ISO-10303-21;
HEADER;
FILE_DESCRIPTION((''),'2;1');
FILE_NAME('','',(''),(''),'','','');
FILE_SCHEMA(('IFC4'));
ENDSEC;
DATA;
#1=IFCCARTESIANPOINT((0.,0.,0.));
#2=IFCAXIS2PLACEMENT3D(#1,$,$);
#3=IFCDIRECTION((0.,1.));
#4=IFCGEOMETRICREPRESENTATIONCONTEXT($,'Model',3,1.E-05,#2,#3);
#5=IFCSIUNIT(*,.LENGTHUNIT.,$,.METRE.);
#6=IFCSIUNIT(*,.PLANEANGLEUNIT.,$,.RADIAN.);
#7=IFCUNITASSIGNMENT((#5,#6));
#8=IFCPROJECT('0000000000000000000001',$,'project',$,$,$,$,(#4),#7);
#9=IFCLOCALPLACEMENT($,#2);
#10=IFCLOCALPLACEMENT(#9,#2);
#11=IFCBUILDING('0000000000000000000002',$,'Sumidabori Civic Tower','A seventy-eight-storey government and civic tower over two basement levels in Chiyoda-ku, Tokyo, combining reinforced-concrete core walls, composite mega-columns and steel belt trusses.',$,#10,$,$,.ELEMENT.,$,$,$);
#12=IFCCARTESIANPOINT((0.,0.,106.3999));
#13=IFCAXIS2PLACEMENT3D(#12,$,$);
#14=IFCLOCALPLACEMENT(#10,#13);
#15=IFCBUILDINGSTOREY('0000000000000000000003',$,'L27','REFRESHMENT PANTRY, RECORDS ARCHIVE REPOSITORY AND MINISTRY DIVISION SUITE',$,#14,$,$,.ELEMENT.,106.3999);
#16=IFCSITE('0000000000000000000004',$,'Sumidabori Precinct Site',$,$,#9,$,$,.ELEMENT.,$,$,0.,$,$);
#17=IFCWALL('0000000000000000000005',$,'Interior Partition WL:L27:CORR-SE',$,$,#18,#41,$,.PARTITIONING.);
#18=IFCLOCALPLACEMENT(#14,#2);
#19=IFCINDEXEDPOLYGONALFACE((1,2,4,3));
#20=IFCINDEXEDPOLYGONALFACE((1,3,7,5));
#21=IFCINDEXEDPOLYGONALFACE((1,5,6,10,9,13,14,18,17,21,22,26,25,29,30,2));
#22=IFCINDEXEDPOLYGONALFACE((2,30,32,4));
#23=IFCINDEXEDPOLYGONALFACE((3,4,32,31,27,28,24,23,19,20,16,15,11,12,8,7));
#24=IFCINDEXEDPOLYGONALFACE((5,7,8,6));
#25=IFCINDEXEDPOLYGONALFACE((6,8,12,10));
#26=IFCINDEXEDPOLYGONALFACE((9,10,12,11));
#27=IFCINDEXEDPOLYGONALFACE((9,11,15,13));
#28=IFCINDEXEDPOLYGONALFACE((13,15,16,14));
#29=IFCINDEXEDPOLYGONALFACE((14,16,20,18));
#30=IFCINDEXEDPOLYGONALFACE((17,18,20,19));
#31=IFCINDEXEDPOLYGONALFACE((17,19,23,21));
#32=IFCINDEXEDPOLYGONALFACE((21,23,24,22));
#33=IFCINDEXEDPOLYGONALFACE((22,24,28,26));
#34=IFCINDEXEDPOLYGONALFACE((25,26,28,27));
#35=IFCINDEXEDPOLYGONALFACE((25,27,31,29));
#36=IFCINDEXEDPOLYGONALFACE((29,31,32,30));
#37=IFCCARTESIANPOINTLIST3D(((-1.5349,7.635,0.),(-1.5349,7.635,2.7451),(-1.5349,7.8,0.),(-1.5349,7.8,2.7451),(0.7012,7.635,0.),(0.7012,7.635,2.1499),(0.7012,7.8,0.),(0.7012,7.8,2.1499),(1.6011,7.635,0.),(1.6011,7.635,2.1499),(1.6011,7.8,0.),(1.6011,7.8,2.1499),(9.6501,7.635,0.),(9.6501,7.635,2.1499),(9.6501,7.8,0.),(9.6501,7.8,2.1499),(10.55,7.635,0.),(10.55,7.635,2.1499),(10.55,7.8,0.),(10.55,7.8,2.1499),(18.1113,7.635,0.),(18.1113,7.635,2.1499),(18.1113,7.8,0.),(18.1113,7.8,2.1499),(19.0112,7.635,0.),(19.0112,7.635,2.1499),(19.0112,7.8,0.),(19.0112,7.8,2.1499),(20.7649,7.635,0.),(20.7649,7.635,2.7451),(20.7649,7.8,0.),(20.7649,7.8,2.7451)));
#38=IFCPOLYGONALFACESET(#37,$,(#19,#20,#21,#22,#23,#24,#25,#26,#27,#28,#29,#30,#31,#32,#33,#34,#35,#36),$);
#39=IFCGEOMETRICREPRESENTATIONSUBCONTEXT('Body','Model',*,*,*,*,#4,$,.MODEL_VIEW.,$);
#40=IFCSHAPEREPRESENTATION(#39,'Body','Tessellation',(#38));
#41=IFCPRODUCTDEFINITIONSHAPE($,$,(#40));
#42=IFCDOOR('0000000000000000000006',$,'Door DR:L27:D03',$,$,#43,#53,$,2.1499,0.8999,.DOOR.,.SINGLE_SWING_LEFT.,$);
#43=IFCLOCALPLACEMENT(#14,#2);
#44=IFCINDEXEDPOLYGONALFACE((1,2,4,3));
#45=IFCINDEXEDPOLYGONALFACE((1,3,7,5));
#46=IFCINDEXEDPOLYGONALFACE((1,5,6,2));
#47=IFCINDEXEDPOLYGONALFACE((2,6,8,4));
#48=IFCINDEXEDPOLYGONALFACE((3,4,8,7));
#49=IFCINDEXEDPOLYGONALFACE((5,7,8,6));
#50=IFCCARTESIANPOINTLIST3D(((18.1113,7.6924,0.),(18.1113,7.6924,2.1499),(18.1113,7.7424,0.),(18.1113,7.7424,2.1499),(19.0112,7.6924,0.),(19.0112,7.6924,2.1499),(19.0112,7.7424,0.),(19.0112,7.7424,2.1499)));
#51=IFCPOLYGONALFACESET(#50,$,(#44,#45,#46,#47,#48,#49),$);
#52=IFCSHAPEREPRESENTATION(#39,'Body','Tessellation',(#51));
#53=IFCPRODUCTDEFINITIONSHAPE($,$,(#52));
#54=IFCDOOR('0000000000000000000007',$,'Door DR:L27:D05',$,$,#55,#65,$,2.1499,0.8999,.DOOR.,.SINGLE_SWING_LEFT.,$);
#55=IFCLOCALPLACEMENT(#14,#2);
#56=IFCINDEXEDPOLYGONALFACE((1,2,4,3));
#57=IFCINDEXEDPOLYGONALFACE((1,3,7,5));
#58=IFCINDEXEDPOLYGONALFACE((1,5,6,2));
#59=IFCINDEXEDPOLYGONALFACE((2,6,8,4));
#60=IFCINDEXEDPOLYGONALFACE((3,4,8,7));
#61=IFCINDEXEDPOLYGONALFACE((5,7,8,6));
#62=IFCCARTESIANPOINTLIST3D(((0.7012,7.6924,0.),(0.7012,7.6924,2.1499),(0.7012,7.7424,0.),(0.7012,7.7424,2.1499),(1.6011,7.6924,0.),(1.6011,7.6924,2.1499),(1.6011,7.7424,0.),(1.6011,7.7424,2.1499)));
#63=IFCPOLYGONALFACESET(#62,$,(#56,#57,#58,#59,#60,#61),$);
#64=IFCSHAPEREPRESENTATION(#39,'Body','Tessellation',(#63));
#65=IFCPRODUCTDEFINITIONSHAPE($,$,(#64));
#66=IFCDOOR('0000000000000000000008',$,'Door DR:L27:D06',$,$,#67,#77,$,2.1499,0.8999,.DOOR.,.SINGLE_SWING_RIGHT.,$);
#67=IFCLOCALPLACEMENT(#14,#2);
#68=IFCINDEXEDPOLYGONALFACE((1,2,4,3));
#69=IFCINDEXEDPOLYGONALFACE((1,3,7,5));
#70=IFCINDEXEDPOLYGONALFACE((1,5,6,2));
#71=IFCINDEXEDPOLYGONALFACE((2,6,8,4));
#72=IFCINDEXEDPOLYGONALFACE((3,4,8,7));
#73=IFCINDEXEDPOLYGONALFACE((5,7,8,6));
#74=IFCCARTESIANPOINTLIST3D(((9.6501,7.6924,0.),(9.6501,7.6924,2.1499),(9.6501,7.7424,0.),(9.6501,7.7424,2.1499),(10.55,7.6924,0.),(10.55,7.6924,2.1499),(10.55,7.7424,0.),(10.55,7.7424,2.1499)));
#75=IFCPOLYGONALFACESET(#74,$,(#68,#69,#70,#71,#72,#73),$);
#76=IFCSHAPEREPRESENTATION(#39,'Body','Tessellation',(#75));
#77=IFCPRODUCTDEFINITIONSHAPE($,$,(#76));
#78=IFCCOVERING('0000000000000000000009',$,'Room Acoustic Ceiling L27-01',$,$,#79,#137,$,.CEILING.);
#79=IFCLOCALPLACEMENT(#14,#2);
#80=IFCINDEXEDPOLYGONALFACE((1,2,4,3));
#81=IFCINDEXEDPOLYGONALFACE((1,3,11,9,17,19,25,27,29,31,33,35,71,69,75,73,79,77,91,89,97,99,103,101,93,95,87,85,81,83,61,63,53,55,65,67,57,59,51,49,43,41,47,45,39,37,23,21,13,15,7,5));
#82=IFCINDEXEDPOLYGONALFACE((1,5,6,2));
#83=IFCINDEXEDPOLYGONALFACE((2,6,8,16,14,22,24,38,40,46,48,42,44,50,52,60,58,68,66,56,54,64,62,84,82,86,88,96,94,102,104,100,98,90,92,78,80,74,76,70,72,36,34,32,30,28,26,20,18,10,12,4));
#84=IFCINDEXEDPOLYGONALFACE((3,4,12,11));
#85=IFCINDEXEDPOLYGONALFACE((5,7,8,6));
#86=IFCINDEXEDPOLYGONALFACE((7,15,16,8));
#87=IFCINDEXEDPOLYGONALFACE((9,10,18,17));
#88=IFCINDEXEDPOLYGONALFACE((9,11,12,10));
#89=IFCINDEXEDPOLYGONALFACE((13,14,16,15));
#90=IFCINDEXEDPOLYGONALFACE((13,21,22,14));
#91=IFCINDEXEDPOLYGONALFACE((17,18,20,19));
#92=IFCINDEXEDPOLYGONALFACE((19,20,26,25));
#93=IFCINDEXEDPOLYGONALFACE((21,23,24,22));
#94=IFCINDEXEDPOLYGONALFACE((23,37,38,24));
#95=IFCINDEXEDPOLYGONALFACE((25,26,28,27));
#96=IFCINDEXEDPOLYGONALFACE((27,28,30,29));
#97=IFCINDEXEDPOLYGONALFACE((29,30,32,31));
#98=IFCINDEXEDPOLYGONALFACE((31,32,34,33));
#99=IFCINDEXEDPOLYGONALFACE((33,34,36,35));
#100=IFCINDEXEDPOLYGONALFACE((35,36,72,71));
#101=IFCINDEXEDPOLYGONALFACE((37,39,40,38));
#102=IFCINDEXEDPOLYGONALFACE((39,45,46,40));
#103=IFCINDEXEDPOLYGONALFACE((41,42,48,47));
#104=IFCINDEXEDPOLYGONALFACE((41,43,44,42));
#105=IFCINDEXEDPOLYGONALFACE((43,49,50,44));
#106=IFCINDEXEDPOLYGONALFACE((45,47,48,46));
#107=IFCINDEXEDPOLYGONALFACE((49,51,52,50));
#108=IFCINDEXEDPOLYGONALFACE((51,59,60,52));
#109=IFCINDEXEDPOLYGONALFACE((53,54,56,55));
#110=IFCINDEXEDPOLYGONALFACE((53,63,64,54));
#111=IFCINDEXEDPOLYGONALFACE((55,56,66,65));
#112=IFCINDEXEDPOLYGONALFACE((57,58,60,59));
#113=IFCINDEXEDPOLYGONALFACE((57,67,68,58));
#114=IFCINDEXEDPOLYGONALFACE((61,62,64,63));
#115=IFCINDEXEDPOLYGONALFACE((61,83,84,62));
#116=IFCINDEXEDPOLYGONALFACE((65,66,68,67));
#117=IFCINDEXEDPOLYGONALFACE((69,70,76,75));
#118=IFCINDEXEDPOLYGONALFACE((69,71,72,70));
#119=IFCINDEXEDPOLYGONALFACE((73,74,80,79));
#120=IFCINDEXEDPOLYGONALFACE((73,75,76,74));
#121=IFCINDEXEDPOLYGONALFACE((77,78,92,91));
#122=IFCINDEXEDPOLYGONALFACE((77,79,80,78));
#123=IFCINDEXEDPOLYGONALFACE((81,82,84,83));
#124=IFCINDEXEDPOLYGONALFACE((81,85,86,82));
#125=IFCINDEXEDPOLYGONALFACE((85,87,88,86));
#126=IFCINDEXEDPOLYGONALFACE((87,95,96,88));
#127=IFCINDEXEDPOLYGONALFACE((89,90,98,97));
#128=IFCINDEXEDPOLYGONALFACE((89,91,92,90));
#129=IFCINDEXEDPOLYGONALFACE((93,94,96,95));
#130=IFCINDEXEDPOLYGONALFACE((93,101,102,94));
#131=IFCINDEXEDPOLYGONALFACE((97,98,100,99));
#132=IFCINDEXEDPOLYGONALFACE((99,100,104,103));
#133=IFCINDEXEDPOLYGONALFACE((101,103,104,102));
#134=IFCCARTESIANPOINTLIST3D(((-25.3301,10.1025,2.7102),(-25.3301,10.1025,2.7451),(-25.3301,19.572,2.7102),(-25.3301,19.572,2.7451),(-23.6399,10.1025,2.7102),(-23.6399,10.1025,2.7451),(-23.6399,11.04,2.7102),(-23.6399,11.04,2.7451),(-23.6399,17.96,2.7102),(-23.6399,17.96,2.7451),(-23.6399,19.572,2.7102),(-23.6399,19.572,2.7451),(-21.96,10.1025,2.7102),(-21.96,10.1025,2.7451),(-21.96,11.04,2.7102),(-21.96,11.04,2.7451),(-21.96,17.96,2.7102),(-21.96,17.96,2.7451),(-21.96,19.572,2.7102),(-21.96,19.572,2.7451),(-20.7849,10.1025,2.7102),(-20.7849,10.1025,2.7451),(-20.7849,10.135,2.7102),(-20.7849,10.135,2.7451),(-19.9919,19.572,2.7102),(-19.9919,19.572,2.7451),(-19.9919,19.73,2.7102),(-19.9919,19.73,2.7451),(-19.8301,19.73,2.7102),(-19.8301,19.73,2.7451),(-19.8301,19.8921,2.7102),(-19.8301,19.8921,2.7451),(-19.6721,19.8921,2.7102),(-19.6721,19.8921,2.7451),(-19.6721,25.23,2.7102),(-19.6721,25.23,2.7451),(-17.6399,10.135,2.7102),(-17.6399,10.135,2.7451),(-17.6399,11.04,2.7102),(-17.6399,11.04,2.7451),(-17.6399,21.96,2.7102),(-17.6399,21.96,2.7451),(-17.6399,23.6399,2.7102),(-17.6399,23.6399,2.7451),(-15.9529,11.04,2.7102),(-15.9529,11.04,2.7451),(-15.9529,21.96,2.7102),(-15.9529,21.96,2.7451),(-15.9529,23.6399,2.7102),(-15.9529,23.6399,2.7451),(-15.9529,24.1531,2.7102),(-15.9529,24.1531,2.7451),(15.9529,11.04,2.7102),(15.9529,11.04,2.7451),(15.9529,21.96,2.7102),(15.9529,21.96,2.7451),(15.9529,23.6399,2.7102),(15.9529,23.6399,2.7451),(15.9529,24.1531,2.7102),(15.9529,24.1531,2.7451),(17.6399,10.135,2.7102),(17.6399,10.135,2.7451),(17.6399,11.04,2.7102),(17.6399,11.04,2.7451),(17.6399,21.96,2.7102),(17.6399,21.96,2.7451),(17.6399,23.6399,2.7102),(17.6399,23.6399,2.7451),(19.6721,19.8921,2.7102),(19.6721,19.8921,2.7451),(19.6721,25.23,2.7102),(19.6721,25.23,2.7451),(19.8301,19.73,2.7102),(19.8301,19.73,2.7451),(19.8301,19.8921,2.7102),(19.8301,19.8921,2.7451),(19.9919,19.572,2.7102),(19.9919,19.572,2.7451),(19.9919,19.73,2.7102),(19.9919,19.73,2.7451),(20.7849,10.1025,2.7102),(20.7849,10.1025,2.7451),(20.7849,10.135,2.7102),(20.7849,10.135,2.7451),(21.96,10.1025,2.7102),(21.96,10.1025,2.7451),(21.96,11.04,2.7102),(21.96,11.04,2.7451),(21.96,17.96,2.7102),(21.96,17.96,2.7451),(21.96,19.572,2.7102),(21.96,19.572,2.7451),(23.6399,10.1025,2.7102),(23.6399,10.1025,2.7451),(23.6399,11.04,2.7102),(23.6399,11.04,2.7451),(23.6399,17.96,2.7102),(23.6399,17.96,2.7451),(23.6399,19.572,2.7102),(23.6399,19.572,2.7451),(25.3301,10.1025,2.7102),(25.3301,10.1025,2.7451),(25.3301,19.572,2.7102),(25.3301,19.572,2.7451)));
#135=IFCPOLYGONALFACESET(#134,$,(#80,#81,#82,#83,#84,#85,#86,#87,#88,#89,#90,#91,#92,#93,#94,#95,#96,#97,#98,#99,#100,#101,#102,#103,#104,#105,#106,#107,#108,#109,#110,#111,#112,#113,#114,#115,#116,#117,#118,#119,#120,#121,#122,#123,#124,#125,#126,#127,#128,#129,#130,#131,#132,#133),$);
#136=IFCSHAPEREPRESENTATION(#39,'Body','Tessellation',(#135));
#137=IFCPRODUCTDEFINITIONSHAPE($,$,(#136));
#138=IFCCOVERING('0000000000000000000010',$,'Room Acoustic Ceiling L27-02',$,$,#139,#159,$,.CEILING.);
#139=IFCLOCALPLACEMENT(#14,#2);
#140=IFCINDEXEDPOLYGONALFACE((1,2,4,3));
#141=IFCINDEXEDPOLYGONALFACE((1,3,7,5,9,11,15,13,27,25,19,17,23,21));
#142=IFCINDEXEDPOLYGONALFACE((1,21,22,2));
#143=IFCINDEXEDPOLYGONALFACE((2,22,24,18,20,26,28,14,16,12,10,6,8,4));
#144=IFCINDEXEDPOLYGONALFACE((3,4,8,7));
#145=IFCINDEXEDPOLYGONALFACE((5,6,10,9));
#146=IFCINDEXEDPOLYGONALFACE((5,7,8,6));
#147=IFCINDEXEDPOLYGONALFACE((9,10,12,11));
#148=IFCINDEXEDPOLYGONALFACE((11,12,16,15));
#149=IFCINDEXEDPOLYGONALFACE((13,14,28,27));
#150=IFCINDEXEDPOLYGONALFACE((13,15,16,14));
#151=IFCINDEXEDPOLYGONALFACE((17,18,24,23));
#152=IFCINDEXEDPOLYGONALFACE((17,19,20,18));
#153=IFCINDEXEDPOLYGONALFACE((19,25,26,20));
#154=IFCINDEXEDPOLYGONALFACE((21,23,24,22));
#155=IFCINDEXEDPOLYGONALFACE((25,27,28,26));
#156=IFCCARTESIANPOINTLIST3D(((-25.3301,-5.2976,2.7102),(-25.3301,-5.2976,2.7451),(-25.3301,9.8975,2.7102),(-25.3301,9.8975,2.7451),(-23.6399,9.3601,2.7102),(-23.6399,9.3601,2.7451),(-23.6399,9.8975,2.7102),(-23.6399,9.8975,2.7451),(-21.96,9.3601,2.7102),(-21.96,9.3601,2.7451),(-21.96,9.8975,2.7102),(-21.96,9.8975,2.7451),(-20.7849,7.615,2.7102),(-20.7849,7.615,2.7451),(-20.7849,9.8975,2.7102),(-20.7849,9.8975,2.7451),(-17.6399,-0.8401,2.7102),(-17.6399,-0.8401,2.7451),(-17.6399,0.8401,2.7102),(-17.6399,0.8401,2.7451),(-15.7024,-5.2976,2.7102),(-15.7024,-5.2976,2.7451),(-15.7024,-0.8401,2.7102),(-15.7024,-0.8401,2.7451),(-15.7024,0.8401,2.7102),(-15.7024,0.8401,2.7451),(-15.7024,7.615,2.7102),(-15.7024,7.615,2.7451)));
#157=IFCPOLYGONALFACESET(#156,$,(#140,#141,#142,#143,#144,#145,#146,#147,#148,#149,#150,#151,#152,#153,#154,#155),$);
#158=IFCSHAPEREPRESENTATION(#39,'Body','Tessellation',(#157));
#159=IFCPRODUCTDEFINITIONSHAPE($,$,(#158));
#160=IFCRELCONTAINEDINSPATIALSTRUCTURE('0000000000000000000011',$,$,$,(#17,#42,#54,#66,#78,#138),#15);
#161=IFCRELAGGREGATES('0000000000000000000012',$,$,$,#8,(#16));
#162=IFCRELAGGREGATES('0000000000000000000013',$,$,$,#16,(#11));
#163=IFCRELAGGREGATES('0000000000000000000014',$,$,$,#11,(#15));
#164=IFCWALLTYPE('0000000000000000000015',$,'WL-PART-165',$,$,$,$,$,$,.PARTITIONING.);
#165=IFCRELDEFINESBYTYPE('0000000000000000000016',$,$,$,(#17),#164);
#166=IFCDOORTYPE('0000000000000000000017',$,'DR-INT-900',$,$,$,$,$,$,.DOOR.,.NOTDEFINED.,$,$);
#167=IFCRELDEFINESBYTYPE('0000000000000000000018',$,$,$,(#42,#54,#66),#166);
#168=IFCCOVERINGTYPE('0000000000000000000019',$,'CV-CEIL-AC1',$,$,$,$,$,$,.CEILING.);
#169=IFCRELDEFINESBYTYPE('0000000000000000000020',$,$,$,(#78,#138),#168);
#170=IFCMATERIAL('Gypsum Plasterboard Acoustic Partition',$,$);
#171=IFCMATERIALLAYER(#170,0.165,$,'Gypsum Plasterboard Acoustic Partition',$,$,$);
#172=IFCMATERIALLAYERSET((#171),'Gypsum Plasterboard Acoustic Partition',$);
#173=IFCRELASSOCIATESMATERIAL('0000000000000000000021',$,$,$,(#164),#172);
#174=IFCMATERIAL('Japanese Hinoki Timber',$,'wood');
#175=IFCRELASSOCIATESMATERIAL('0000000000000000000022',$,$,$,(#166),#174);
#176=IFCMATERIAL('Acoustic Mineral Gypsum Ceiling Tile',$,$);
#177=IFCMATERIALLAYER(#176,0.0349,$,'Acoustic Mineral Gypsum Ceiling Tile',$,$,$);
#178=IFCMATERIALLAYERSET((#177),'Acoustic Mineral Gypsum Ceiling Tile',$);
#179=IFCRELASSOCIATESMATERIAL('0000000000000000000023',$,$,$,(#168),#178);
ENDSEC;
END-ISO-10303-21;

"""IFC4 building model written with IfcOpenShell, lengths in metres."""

from ifc_helpers import new_model, si_unit, direction, frame, frame_2d, origin, place, context, subcontext, project, spatial, polyline, rectangle, outline, extrude, source, transform, mapped, material, layer, layer_set, type_object, element, fill, save


model = new_model("IFC4")

# Units and contexts
model_context = context("Model", 3, precision=1e-05, world=origin(), true_north=direction((0.0, 1.0)))
body_context = subcontext(model_context, "Body", "Model", "MODEL_VIEW")
ifc_project = project(units=[si_unit("LENGTHUNIT", "METRE"), si_unit("PLANEANGLEUNIT", "RADIAN")], contexts=[model_context])

# Site, building, storey
site_placement = place(None, origin())
site = spatial("IfcSite", under=ifc_project, at=site_placement, Name="Sumidabori Precinct Site", CompositionType="ELEMENT", RefElevation=0.0)
building_placement = place(site_placement, origin())
building = spatial("IfcBuilding", under=site, at=building_placement, Name="Sumidabori Civic Tower", Description="A seventy-eight-storey government and civic tower over two basement levels in Chiyoda-ku, Tokyo, combining reinforced-concrete core walls, composite mega-columns and steel belt trusses.", CompositionType="ELEMENT")
storey_placement = place(building_placement, frame((0.0, 0.0, 106.3999)))
storey = spatial("IfcBuildingStorey", under=building, at=storey_placement, Name="L27", Description="REFRESHMENT PANTRY, RECORDS ARCHIVE REPOSITORY AND MINISTRY DIVISION SUITE", CompositionType="ELEMENT", Elevation=106.3999)

# Shared definitions
ifc_material_1 = material(Name="Japanese Hinoki Timber", Category="wood")

# Wall, openings, doors
ifc_material_2 = material(Name="Gypsum Plasterboard Acoustic Partition")
ifc_layer_1 = layer(ifc_material_2, 0.165, Name="Gypsum Plasterboard Acoustic Partition")
ifc_layer_set_1 = layer_set([ifc_layer_1], Name="Gypsum Plasterboard Acoustic Partition")
wall_type_1 = type_object("IfcWallType", Name="WL-PART-165", PredefinedType="PARTITIONING", material=ifc_layer_set_1)
shared_shape_1 = source(origin(), body_context, "Body", "SweptSolid", [
    extrude(rectangle(XDim=22.2998, YDim=0.165, at=frame_2d((11.1499, 0.0))), origin(), (0.0, 0.0, 1.0), 2.7451),
])
wall_1_placement = place(storey_placement, frame((-1.5349, 7.7175, 0.0), z_axis=(0.0, 0.0, 1.0), x_axis=(1.0, 0.0, 0.0)))
wall_1 = element("IfcWall", 1, at=wall_1_placement, inside=storey, type_object=wall_type_1, Name="Interior Partition WL:L27:CORR-SE", PredefinedType="PARTITIONING", context=body_context, shape_type="MappedRepresentation", body=[
    mapped(shared_shape_1, transform((0.0, 0.0, 0.0), x_axis=(1.0, 0.0, 0.0), y_axis=(0.0, 1.0, 0.0), z_axis=(0.0, 0.0, 1.0), scale=1.0)),
])
opening_1_placement = place(wall_1_placement, frame((19.6462, 0.0, 0.0)))
opening_1 = element("IfcOpeningElement", 2, at=opening_1_placement, cuts=wall_1, PredefinedType="OPENING", context=body_context, shape_type="SweptSolid", body=[
    extrude(rectangle(XDim=0.8999, YDim=2.1499, at=frame_2d((0.45, 1.075))), frame((0.0, 0.0945, 0.0), z_axis=(0.0, -1.0, 0.0), x_axis=(1.0, 0.0, 0.0)), (0.0, 0.0, 1.0), 0.189),
])
opening_2_placement = place(wall_1_placement, frame((2.2361, 0.0, 0.0)))
opening_2 = element("IfcOpeningElement", 3, at=opening_2_placement, cuts=wall_1, PredefinedType="OPENING", context=body_context, shape_type="SweptSolid", body=[
    extrude(rectangle(XDim=0.8999, YDim=2.1499, at=frame_2d((0.45, 1.075))), frame((0.0, 0.0945, 0.0), z_axis=(0.0, -1.0, 0.0), x_axis=(1.0, 0.0, 0.0)), (0.0, 0.0, 1.0), 0.189),
])
opening_3_placement = place(wall_1_placement, frame((11.1851, 0.0, 0.0)))
opening_3 = element("IfcOpeningElement", 4, at=opening_3_placement, cuts=wall_1, PredefinedType="OPENING", context=body_context, shape_type="SweptSolid", body=[
    extrude(rectangle(XDim=0.8999, YDim=2.1499, at=frame_2d((0.45, 1.075))), frame((0.0, 0.0945, 0.0), z_axis=(0.0, -1.0, 0.0), x_axis=(1.0, 0.0, 0.0)), (0.0, 0.0, 1.0), 0.189),
])
door_type_1 = type_object("IfcDoorType", Name="DR-INT-900", OperationType="NOTDEFINED", PredefinedType="DOOR", material=ifc_material_1)
shared_shape_2 = source(origin(), body_context, "Body", "SweptSolid", [
    extrude(rectangle(XDim=0.8999, YDim=2.1499, at=frame_2d((0.45, 1.075))), frame((0.0, 0.0249, 0.0), z_axis=(0.0, -1.0, 0.0), x_axis=(1.0, 0.0, 0.0)), (0.0, 0.0, 1.0), 0.05),
])
door_1_placement = place(opening_1_placement, origin())
door_1 = element("IfcDoor", 5, at=door_1_placement, inside=storey, type_object=door_type_1, Name="Door DR:L27:D03", OperationType="SINGLE_SWING_LEFT", OverallHeight=2.1499, OverallWidth=0.8999, PredefinedType="DOOR", context=body_context, shape_type="MappedRepresentation", body=[
    mapped(shared_shape_2, transform((0.0, 0.0, 0.0), x_axis=(1.0, 0.0, 0.0), y_axis=(0.0, 1.0, 0.0), z_axis=(0.0, 0.0, 1.0), scale=1.0)),
])
fill(opening_1, door_1)
door_2_placement = place(opening_2_placement, origin())
door_2 = element("IfcDoor", 6, at=door_2_placement, inside=storey, type_object=door_type_1, Name="Door DR:L27:D05", OperationType="SINGLE_SWING_LEFT", OverallHeight=2.1499, OverallWidth=0.8999, PredefinedType="DOOR", context=body_context, shape_type="MappedRepresentation", body=[
    mapped(shared_shape_2, transform((0.0, 0.0, 0.0), x_axis=(1.0, 0.0, 0.0), y_axis=(0.0, 1.0, 0.0), z_axis=(0.0, 0.0, 1.0), scale=1.0)),
])
fill(opening_2, door_2)
door_3_placement = place(opening_3_placement, origin())
door_3 = element("IfcDoor", 7, at=door_3_placement, inside=storey, type_object=door_type_1, Name="Door DR:L27:D06", OperationType="SINGLE_SWING_RIGHT", OverallHeight=2.1499, OverallWidth=0.8999, PredefinedType="DOOR", context=body_context, shape_type="MappedRepresentation", body=[
    mapped(shared_shape_2, transform((0.0, 0.0, 0.0), x_axis=(1.0, 0.0, 0.0), y_axis=(0.0, 1.0, 0.0), z_axis=(0.0, 0.0, 1.0), scale=1.0)),
])
fill(opening_3, door_3)

# Coverings
ifc_material_3 = material(Name="Acoustic Mineral Gypsum Ceiling Tile")
ifc_layer_2 = layer(ifc_material_3, 0.0349, Name="Acoustic Mineral Gypsum Ceiling Tile")
ifc_layer_set_2 = layer_set([ifc_layer_2], Name="Acoustic Mineral Gypsum Ceiling Tile")
covering_type_1 = type_object("IfcCoveringType", Name="CV-CEIL-AC1", PredefinedType="CEILING", material=ifc_layer_set_2)
covering_1_placement = place(storey_placement, frame((0.0, 0.0, 2.7102)))
element("IfcCovering", 8, at=covering_1_placement, inside=storey, type_object=covering_type_1, Name="Room Acoustic Ceiling L27-01", PredefinedType="CEILING", context=body_context, shape_type="SweptSolid", body=[
    extrude(outline(polyline([(-21.96, 10.1025), (-21.96, 11.04), (-23.6399, 11.04), (-23.6399, 10.1025), (-25.3301, 10.1025), (-25.3301, 19.572), (-23.6399, 19.572), (-23.6399, 17.96), (-21.96, 17.96), (-21.96, 19.572), (-19.9919, 19.572), (-19.9919, 19.73), (-19.8301, 19.73), (-19.8301, 19.8921), (-19.6721, 19.8921), (-19.6721, 25.23), (19.6721, 25.23), (19.6721, 19.8921), (19.8301, 19.8921), (19.8301, 19.73), (19.9919, 19.73), (19.9919, 19.572), (21.96, 19.572), (21.96, 17.96), (23.6399, 17.96), (23.6399, 19.572), (25.3301, 19.572), (25.3301, 10.1025), (23.6399, 10.1025), (23.6399, 11.04), (21.96, 11.04), (21.96, 10.1025), (20.7849, 10.1025), (20.7849, 10.135), (17.6399, 10.135), (17.6399, 11.04), (15.9529, 11.04), (15.9529, 21.96), (17.6399, 21.96), (17.6399, 23.6399), (15.9529, 23.6399), (15.9529, 24.1531), (-15.9529, 24.1531), (-15.9529, 23.6399), (-17.6399, 23.6399), (-17.6399, 21.96), (-15.9529, 21.96), (-15.9529, 11.04), (-17.6399, 11.04), (-17.6399, 10.135), (-20.7849, 10.135), (-20.7849, 10.1025), (-21.96, 10.1025)])), origin(), (0.0, 0.0, 1.0), 0.0349),
])
covering_2_placement = place(storey_placement, frame((0.0, 0.0, 2.7102)))
element("IfcCovering", 9, at=covering_2_placement, inside=storey, type_object=covering_type_1, Name="Room Acoustic Ceiling L27-02", PredefinedType="CEILING", context=body_context, shape_type="SweptSolid", body=[
    extrude(outline(polyline([(-20.7849, 7.615), (-15.7024, 7.615), (-15.7024, 0.8401), (-17.6399, 0.8401), (-17.6399, -0.8401), (-15.7024, -0.8401), (-15.7024, -5.2976), (-25.3301, -5.2976), (-25.3301, 9.8975), (-23.6399, 9.8975), (-23.6399, 9.3601), (-21.96, 9.3601), (-21.96, 9.8975), (-20.7849, 9.8975), (-20.7849, 7.615)])), origin(), (0.0, 0.0, 1.0), 0.0349),
])

save(model, "model.ifc")
